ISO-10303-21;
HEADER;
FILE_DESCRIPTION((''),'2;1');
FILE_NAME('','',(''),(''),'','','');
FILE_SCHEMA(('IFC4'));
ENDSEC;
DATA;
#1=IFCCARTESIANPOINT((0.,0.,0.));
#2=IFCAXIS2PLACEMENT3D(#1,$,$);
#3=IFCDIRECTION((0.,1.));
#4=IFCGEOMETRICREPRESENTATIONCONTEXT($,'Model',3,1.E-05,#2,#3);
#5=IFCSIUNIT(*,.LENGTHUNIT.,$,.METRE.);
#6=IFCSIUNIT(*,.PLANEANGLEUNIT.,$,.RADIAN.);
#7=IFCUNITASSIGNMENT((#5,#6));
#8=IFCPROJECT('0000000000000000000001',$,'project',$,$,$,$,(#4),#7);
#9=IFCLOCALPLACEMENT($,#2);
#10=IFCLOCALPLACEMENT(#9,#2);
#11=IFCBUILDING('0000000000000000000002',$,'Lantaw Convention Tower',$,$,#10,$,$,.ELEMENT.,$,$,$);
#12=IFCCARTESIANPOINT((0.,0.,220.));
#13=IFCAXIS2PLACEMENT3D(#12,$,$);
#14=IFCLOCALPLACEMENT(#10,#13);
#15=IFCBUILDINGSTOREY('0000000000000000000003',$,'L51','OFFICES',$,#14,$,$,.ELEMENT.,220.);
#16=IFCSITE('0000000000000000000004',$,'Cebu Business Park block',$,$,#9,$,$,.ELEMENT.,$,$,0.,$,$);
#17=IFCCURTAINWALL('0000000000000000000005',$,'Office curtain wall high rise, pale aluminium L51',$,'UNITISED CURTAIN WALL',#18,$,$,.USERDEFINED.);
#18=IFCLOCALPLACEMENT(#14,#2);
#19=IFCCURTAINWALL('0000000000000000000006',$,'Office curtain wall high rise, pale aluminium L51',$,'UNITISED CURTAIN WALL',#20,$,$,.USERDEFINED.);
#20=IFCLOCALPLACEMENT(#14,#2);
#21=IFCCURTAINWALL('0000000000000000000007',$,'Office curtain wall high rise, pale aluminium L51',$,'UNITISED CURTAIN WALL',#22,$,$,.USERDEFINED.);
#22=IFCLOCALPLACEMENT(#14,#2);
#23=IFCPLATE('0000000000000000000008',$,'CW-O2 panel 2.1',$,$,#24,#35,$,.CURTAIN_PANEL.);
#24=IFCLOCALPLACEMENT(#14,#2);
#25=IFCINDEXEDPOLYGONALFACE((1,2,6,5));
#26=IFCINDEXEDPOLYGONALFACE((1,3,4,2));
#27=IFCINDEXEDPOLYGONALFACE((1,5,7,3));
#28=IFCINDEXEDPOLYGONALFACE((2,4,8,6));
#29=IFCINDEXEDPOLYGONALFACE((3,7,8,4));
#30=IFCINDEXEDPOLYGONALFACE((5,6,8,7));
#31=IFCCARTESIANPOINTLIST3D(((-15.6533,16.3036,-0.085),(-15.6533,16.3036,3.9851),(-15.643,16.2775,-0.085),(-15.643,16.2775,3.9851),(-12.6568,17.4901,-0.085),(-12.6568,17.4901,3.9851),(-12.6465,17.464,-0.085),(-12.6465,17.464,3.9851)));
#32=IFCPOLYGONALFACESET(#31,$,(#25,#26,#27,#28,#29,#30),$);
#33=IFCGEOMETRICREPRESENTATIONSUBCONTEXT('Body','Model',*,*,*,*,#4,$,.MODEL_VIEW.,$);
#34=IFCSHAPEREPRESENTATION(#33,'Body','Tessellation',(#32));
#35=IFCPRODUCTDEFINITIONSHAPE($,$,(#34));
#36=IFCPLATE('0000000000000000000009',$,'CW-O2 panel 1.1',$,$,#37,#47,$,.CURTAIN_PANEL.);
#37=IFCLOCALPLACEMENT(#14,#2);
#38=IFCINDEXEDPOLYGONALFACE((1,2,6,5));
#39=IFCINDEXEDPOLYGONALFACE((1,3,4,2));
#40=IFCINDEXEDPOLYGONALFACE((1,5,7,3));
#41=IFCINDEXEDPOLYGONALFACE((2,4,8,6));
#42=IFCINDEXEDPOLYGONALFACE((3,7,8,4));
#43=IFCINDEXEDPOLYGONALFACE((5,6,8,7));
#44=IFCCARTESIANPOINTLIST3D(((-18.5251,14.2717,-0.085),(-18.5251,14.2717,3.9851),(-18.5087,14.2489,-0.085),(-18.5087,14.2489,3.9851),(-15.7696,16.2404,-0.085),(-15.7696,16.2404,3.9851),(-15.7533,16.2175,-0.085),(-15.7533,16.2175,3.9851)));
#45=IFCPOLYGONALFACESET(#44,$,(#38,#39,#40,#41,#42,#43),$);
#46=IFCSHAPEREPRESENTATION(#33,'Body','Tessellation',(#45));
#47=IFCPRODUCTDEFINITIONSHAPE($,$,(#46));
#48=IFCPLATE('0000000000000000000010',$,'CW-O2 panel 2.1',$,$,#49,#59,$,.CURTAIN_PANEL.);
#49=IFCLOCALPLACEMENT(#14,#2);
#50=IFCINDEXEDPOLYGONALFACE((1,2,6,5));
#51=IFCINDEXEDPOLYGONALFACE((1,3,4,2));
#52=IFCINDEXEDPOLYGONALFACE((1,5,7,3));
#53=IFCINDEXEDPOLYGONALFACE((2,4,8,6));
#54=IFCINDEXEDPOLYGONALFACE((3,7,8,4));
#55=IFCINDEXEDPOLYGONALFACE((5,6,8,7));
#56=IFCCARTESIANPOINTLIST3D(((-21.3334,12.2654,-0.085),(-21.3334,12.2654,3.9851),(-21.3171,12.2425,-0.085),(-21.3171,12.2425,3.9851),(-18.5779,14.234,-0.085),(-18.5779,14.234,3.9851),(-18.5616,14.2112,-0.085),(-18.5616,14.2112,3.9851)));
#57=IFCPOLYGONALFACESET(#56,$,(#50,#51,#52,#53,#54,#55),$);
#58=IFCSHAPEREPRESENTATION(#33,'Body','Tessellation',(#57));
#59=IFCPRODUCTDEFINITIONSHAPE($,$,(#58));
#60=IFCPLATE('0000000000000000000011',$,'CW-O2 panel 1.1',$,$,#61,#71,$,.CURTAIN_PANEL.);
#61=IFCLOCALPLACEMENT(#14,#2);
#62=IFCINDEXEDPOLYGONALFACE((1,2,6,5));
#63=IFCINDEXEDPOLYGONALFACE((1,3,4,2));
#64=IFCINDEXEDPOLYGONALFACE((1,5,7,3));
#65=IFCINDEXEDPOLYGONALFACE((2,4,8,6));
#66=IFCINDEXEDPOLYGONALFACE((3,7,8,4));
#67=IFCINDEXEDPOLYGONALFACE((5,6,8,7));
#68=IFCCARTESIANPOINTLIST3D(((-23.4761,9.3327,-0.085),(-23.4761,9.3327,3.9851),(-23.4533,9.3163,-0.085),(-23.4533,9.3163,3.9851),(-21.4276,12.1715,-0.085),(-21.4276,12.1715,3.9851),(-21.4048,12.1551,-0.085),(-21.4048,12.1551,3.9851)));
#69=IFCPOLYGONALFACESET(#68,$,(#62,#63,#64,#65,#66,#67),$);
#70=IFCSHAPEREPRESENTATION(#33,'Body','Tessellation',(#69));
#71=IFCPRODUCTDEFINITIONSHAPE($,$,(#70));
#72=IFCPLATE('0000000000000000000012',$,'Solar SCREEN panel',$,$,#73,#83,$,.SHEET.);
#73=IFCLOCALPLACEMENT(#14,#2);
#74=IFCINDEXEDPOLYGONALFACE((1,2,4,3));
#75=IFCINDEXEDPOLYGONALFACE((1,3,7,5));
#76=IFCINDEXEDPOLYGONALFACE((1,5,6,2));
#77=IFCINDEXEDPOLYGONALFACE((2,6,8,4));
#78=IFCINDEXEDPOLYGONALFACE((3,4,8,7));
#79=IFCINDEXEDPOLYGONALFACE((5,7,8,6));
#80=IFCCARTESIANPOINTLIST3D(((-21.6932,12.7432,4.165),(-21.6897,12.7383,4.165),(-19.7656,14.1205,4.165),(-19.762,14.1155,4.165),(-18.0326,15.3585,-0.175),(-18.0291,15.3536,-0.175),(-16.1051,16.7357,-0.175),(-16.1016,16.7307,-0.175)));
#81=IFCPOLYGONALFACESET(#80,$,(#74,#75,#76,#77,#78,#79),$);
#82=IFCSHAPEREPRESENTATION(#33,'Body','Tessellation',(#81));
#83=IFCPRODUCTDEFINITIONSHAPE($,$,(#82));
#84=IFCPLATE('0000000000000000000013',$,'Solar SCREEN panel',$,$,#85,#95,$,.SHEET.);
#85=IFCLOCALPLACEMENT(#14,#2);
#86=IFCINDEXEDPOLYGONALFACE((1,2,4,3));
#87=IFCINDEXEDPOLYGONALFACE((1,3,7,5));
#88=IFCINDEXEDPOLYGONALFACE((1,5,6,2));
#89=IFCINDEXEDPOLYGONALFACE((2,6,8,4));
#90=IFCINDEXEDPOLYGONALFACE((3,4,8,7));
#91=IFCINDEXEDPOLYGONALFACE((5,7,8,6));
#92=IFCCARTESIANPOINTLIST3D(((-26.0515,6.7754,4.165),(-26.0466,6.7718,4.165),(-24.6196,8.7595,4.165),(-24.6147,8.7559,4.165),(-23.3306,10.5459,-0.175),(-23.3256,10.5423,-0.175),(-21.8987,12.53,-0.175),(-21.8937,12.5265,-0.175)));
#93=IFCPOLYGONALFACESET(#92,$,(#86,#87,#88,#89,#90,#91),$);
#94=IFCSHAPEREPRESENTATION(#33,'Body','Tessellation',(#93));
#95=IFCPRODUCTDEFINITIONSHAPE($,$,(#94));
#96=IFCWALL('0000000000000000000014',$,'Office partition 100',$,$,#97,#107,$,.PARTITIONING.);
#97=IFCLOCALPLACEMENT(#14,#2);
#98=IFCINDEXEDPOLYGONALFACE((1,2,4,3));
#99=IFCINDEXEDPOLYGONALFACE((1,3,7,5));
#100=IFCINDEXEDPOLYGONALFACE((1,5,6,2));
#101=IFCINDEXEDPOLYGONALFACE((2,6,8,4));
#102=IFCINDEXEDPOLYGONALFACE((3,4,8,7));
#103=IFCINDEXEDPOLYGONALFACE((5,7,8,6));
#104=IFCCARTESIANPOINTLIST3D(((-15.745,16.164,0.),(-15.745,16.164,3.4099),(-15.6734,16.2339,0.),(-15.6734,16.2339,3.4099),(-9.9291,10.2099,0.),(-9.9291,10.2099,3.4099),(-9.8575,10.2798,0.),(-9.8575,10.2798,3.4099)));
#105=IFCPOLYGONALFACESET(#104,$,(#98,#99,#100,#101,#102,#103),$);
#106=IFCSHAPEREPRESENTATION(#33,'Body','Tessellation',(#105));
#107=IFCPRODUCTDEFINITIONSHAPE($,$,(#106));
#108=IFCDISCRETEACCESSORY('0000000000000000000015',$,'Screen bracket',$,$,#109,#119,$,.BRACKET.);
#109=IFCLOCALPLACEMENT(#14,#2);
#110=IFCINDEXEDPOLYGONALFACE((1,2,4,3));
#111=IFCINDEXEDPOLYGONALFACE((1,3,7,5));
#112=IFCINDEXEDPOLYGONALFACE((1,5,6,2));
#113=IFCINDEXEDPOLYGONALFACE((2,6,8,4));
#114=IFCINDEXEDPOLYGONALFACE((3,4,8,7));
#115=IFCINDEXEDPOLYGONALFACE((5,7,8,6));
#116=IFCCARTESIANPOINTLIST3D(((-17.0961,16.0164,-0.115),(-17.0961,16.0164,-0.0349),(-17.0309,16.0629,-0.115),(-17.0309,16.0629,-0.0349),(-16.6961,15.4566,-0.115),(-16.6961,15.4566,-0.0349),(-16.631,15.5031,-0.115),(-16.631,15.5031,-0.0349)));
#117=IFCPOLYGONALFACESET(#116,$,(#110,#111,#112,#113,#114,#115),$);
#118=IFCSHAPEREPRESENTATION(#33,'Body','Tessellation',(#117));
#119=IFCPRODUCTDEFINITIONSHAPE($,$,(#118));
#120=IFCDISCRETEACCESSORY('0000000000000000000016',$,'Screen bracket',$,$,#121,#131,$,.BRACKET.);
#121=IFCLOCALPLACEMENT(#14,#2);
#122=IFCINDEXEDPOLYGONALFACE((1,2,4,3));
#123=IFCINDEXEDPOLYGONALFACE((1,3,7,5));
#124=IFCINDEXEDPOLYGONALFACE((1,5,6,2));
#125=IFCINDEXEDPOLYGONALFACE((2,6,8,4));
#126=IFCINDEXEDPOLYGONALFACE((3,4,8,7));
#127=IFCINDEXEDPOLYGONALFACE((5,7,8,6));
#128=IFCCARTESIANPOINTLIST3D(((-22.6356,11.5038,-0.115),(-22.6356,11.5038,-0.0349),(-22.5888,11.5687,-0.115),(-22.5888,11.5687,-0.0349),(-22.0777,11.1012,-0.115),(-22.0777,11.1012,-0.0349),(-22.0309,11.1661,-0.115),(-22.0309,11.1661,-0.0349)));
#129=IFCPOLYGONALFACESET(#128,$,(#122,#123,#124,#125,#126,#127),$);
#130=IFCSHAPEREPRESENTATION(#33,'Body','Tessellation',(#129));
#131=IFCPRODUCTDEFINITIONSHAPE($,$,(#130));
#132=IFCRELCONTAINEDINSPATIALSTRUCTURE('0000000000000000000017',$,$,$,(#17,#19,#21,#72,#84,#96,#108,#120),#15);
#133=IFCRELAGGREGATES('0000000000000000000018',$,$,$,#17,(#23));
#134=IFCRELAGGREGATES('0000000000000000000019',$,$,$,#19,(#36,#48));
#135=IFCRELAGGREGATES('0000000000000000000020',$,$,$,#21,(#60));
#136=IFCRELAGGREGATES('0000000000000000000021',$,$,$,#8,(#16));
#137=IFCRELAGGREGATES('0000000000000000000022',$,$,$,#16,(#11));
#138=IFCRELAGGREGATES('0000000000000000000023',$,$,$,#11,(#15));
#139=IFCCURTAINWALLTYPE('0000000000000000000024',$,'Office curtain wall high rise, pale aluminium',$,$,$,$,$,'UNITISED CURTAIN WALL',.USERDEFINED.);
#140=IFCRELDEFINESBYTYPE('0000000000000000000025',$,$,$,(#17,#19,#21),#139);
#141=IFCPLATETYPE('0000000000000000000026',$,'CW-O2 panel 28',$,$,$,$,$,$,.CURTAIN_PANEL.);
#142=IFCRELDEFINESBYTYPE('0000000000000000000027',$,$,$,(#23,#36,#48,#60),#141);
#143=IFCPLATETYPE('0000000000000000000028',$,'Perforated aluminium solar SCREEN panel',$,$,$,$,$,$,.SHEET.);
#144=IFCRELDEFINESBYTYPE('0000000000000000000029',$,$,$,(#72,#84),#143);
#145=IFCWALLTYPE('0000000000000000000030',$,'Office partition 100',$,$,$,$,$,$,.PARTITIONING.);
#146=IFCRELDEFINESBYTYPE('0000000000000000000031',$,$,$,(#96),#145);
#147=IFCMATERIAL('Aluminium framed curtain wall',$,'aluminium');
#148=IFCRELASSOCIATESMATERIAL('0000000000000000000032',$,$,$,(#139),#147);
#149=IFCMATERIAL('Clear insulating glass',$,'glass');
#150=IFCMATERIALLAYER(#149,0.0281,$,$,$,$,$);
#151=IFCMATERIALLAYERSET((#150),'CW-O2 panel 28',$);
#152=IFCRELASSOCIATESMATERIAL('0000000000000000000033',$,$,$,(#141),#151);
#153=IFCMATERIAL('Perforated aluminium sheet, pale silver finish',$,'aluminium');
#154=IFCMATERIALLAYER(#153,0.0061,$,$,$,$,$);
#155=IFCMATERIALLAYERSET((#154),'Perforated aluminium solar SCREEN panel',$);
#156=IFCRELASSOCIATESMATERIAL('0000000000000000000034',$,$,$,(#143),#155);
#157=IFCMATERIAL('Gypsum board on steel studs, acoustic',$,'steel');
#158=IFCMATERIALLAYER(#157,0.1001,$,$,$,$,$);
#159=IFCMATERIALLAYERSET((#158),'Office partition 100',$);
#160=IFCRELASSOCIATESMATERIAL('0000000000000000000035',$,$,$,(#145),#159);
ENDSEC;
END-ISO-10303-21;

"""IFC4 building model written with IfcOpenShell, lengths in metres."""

from ifc_helpers import new_model, si_unit, direction, frame, frame_2d, origin, origin_2d, place, context, subcontext, project, spatial, polyline, rectangle, outline, extrude, material, layer, layer_set, type_object, element, aggregate, save


model = new_model("IFC4")

# Units and contexts
model_context = context("Model", 3, precision=1e-05, world=origin(), true_north=direction((0.0, 1.0)))
body_context = subcontext(model_context, "Body", "Model", "MODEL_VIEW")
ifc_project = project(units=[si_unit("LENGTHUNIT", "METRE"), si_unit("PLANEANGLEUNIT", "RADIAN")], contexts=[model_context])

# Site, building, storey
site_placement = place(None, origin())
site = spatial("IfcSite", under=ifc_project, at=site_placement, Name="Cebu Business Park block", CompositionType="ELEMENT", RefElevation=0.0)
building_placement = place(site_placement, origin())
building = spatial("IfcBuilding", under=site, at=building_placement, Name="Lantaw Convention Tower", CompositionType="ELEMENT")
storey_placement = place(building_placement, frame((0.0, 0.0, 220.0)))
storey = spatial("IfcBuildingStorey", under=building, at=storey_placement, Name="L51", Description="OFFICES", CompositionType="ELEMENT", Elevation=220.0)

# Curtain walls
ifc_material_1 = material(Name="Aluminium framed curtain wall", Category="aluminium")
curtain_wall_type = type_object("IfcCurtainWallType", Name="Office curtain wall high rise, pale aluminium", ElementType="UNITISED CURTAIN WALL", PredefinedType="USERDEFINED", material=ifc_material_1)
curtain_wall_1_placement = place(storey_placement, origin())
curtain_wall_1 = element("IfcCurtainWall", 1, at=curtain_wall_1_placement, inside=storey, type_object=curtain_wall_type, Name="Office curtain wall high rise, pale aluminium L51", ObjectType="UNITISED CURTAIN WALL", PredefinedType="USERDEFINED")
curtain_wall_2_placement = place(storey_placement, origin())
curtain_wall_2 = element("IfcCurtainWall", 2, at=curtain_wall_2_placement, inside=storey, type_object=curtain_wall_type, Name="Office curtain wall high rise, pale aluminium L51", ObjectType="UNITISED CURTAIN WALL", PredefinedType="USERDEFINED")
curtain_wall_3_placement = place(storey_placement, origin())
curtain_wall_3 = element("IfcCurtainWall", 3, at=curtain_wall_3_placement, inside=storey, type_object=curtain_wall_type, Name="Office curtain wall high rise, pale aluminium L51", ObjectType="UNITISED CURTAIN WALL", PredefinedType="USERDEFINED")

# Plates
ifc_material_2 = material(Name="Clear insulating glass", Category="glass")
ifc_layer_1 = layer(ifc_material_2, 0.0281)
ifc_layer_set_1 = layer_set([ifc_layer_1], Name="CW-O2 panel 28")
plate_type_1 = type_object("IfcPlateType", Name="CW-O2 panel 28", PredefinedType="CURTAIN_PANEL", material=ifc_layer_set_1)
plate_1_placement = place(storey_placement, frame((-14.1499, 16.8838, -0.085), z_axis=(0.0, 0.0, 1.0), x_axis=(-0.929762, -0.368162, 0.0)))
plate_1 = element("IfcPlate", 4, at=plate_1_placement, type_object=plate_type_1, Name="CW-O2 panel 2.1", PredefinedType="CURTAIN_PANEL", context=body_context, shape_type="SweptSolid", body=[
    extrude(rectangle(XDim=3.2229, YDim=0.0281, at=origin_2d()), origin(), (0.0, 0.0, 1.0), 4.0701),
])
aggregate(curtain_wall_1, [plate_1])
plate_2_placement = place(storey_placement, frame((-17.1392, 15.2446, -0.085), z_axis=(0.0, 0.0, 1.0), x_axis=(-0.813673, -0.581323, 0.0)))
plate_2 = element("IfcPlate", 5, at=plate_2_placement, type_object=plate_type_1, Name="CW-O2 panel 1.1", PredefinedType="CURTAIN_PANEL", context=body_context, shape_type="SweptSolid", body=[
    extrude(rectangle(XDim=3.3865, YDim=0.0281, at=origin_2d()), origin(), (0.0, 0.0, 1.0), 4.0701),
])
plate_3_placement = place(storey_placement, frame((-19.9475, 13.2383, -0.085), z_axis=(0.0, 0.0, 1.0), x_axis=(-0.813673, -0.581323, 0.0)))
plate_3 = element("IfcPlate", 6, at=plate_3_placement, type_object=plate_type_1, Name="CW-O2 panel 2.1", PredefinedType="CURTAIN_PANEL", context=body_context, shape_type="SweptSolid", body=[
    extrude(rectangle(XDim=3.3865, YDim=0.0281, at=origin_2d()), origin(), (0.0, 0.0, 1.0), 4.0701),
])
aggregate(curtain_wall_2, [plate_2, plate_3])
plate_4_placement = place(storey_placement, frame((-22.4404, 10.7439, -0.085), z_axis=(0.0, 0.0, 1.0), x_axis=(-0.585158, -0.81092, 0.0)))
plate_4 = element("IfcPlate", 7, at=plate_4_placement, type_object=plate_type_1, Name="CW-O2 panel 1.1", PredefinedType="CURTAIN_PANEL", context=body_context, shape_type="SweptSolid", body=[
    extrude(rectangle(XDim=3.5007, YDim=0.0281, at=origin_2d()), origin(), (0.0, 0.0, 1.0), 4.0701),
])
aggregate(curtain_wall_3, [plate_4])

# Plates
ifc_material_3 = material(Name="Perforated aluminium sheet, pale silver finish", Category="aluminium")
ifc_layer_2 = layer(ifc_material_3, 0.0061)
ifc_layer_set_2 = layer_set([ifc_layer_2], Name="Perforated aluminium solar SCREEN panel")
plate_type_2 = type_object("IfcPlateType", Name="Perforated aluminium solar SCREEN panel", PredefinedType="SHEET", material=ifc_layer_set_2)
plate_5_placement = place(storey_placement, frame((-16.1016, 16.7307, -0.175), z_axis=(0.581331, -0.813667, 0.00001), x_axis=(-0.813667, -0.581331, 0.0)))
element("IfcPlate", 8, at=plate_5_placement, inside=storey, type_object=plate_type_2, Name="Solar SCREEN panel", PredefinedType="SHEET", context=body_context, shape_type="SweptSolid", body=[
    extrude(outline(polyline([(0.0, 0.0), (2.3689, 0.0), (6.8678, -4.3401), (4.4987, -4.3401), (0.0, 0.0)])), origin(), (0.0, 0.0, -1.0), 0.0061),
])
plate_6_placement = place(storey_placement, frame((-21.8987, 12.53, -0.175), z_axis=(-0.810892, 0.585195, 0.00002), x_axis=(-0.585195, -0.810892, 0.0)))
element("IfcPlate", 9, at=plate_6_placement, inside=storey, type_object=plate_type_2, Name="Solar SCREEN panel", PredefinedType="SHEET", context=body_context, shape_type="SweptSolid", body=[
    extrude(outline(polyline([(0.0, 0.0), (2.4468, 0.0), (7.0966, 4.3401), (4.6498, 4.3401), (0.0, 0.0)])), origin(), (0.0, 0.0, -1.0), 0.0061),
])

# Wall
ifc_material_4 = material(Name="Gypsum board on steel studs, acoustic", Category="steel")
ifc_layer_3 = layer(ifc_material_4, 0.1001)
ifc_layer_set_3 = layer_set([ifc_layer_3], Name="Office partition 100")
wall_type = type_object("IfcWallType", Name="Office partition 100", PredefinedType="PARTITIONING", material=ifc_layer_set_3)
wall_placement = place(storey_placement, frame((-15.7092, 16.199, 0.0), z_axis=(0.0, 0.0, 1.0), x_axis=(0.698757, -0.715359, 0.0)))
element("IfcWall", 10, at=wall_placement, inside=storey, type_object=wall_type, Name="Office partition 100", PredefinedType="PARTITIONING", context=body_context, shape_type="SweptSolid", body=[
    extrude(rectangle(XDim=8.3232, YDim=0.1001, at=frame_2d((4.1616, 0.0))), origin(), (0.0, 0.0, 1.0), 3.4099),
])

# Discrete accessories
for number, where, z_axis, x_axis, name in (
    (11, (-16.8635, 15.7598, -0.115), (0.0, 0.0, 1.0), (-0.813673, -0.581323, 0.0), "Screen bracket"),
    (12, (-22.3333, 11.335, -0.115), (0.0, 0.0, 1.0), (-0.585158, -0.81092, 0.0), "Screen bracket"),
):
    element("IfcDiscreteAccessory", number, at=place(storey_placement, frame(where, z_axis=z_axis, x_axis=x_axis)), inside=storey, Name=name, PredefinedType="BRACKET", context=body_context, shape_type="SweptSolid", body=[
        extrude(rectangle(XDim=0.0801, YDim=0.688, at=origin_2d()), origin(), (0.0, 0.0, 1.0), 0.0801),
    ])

save(model, "model.ifc")
